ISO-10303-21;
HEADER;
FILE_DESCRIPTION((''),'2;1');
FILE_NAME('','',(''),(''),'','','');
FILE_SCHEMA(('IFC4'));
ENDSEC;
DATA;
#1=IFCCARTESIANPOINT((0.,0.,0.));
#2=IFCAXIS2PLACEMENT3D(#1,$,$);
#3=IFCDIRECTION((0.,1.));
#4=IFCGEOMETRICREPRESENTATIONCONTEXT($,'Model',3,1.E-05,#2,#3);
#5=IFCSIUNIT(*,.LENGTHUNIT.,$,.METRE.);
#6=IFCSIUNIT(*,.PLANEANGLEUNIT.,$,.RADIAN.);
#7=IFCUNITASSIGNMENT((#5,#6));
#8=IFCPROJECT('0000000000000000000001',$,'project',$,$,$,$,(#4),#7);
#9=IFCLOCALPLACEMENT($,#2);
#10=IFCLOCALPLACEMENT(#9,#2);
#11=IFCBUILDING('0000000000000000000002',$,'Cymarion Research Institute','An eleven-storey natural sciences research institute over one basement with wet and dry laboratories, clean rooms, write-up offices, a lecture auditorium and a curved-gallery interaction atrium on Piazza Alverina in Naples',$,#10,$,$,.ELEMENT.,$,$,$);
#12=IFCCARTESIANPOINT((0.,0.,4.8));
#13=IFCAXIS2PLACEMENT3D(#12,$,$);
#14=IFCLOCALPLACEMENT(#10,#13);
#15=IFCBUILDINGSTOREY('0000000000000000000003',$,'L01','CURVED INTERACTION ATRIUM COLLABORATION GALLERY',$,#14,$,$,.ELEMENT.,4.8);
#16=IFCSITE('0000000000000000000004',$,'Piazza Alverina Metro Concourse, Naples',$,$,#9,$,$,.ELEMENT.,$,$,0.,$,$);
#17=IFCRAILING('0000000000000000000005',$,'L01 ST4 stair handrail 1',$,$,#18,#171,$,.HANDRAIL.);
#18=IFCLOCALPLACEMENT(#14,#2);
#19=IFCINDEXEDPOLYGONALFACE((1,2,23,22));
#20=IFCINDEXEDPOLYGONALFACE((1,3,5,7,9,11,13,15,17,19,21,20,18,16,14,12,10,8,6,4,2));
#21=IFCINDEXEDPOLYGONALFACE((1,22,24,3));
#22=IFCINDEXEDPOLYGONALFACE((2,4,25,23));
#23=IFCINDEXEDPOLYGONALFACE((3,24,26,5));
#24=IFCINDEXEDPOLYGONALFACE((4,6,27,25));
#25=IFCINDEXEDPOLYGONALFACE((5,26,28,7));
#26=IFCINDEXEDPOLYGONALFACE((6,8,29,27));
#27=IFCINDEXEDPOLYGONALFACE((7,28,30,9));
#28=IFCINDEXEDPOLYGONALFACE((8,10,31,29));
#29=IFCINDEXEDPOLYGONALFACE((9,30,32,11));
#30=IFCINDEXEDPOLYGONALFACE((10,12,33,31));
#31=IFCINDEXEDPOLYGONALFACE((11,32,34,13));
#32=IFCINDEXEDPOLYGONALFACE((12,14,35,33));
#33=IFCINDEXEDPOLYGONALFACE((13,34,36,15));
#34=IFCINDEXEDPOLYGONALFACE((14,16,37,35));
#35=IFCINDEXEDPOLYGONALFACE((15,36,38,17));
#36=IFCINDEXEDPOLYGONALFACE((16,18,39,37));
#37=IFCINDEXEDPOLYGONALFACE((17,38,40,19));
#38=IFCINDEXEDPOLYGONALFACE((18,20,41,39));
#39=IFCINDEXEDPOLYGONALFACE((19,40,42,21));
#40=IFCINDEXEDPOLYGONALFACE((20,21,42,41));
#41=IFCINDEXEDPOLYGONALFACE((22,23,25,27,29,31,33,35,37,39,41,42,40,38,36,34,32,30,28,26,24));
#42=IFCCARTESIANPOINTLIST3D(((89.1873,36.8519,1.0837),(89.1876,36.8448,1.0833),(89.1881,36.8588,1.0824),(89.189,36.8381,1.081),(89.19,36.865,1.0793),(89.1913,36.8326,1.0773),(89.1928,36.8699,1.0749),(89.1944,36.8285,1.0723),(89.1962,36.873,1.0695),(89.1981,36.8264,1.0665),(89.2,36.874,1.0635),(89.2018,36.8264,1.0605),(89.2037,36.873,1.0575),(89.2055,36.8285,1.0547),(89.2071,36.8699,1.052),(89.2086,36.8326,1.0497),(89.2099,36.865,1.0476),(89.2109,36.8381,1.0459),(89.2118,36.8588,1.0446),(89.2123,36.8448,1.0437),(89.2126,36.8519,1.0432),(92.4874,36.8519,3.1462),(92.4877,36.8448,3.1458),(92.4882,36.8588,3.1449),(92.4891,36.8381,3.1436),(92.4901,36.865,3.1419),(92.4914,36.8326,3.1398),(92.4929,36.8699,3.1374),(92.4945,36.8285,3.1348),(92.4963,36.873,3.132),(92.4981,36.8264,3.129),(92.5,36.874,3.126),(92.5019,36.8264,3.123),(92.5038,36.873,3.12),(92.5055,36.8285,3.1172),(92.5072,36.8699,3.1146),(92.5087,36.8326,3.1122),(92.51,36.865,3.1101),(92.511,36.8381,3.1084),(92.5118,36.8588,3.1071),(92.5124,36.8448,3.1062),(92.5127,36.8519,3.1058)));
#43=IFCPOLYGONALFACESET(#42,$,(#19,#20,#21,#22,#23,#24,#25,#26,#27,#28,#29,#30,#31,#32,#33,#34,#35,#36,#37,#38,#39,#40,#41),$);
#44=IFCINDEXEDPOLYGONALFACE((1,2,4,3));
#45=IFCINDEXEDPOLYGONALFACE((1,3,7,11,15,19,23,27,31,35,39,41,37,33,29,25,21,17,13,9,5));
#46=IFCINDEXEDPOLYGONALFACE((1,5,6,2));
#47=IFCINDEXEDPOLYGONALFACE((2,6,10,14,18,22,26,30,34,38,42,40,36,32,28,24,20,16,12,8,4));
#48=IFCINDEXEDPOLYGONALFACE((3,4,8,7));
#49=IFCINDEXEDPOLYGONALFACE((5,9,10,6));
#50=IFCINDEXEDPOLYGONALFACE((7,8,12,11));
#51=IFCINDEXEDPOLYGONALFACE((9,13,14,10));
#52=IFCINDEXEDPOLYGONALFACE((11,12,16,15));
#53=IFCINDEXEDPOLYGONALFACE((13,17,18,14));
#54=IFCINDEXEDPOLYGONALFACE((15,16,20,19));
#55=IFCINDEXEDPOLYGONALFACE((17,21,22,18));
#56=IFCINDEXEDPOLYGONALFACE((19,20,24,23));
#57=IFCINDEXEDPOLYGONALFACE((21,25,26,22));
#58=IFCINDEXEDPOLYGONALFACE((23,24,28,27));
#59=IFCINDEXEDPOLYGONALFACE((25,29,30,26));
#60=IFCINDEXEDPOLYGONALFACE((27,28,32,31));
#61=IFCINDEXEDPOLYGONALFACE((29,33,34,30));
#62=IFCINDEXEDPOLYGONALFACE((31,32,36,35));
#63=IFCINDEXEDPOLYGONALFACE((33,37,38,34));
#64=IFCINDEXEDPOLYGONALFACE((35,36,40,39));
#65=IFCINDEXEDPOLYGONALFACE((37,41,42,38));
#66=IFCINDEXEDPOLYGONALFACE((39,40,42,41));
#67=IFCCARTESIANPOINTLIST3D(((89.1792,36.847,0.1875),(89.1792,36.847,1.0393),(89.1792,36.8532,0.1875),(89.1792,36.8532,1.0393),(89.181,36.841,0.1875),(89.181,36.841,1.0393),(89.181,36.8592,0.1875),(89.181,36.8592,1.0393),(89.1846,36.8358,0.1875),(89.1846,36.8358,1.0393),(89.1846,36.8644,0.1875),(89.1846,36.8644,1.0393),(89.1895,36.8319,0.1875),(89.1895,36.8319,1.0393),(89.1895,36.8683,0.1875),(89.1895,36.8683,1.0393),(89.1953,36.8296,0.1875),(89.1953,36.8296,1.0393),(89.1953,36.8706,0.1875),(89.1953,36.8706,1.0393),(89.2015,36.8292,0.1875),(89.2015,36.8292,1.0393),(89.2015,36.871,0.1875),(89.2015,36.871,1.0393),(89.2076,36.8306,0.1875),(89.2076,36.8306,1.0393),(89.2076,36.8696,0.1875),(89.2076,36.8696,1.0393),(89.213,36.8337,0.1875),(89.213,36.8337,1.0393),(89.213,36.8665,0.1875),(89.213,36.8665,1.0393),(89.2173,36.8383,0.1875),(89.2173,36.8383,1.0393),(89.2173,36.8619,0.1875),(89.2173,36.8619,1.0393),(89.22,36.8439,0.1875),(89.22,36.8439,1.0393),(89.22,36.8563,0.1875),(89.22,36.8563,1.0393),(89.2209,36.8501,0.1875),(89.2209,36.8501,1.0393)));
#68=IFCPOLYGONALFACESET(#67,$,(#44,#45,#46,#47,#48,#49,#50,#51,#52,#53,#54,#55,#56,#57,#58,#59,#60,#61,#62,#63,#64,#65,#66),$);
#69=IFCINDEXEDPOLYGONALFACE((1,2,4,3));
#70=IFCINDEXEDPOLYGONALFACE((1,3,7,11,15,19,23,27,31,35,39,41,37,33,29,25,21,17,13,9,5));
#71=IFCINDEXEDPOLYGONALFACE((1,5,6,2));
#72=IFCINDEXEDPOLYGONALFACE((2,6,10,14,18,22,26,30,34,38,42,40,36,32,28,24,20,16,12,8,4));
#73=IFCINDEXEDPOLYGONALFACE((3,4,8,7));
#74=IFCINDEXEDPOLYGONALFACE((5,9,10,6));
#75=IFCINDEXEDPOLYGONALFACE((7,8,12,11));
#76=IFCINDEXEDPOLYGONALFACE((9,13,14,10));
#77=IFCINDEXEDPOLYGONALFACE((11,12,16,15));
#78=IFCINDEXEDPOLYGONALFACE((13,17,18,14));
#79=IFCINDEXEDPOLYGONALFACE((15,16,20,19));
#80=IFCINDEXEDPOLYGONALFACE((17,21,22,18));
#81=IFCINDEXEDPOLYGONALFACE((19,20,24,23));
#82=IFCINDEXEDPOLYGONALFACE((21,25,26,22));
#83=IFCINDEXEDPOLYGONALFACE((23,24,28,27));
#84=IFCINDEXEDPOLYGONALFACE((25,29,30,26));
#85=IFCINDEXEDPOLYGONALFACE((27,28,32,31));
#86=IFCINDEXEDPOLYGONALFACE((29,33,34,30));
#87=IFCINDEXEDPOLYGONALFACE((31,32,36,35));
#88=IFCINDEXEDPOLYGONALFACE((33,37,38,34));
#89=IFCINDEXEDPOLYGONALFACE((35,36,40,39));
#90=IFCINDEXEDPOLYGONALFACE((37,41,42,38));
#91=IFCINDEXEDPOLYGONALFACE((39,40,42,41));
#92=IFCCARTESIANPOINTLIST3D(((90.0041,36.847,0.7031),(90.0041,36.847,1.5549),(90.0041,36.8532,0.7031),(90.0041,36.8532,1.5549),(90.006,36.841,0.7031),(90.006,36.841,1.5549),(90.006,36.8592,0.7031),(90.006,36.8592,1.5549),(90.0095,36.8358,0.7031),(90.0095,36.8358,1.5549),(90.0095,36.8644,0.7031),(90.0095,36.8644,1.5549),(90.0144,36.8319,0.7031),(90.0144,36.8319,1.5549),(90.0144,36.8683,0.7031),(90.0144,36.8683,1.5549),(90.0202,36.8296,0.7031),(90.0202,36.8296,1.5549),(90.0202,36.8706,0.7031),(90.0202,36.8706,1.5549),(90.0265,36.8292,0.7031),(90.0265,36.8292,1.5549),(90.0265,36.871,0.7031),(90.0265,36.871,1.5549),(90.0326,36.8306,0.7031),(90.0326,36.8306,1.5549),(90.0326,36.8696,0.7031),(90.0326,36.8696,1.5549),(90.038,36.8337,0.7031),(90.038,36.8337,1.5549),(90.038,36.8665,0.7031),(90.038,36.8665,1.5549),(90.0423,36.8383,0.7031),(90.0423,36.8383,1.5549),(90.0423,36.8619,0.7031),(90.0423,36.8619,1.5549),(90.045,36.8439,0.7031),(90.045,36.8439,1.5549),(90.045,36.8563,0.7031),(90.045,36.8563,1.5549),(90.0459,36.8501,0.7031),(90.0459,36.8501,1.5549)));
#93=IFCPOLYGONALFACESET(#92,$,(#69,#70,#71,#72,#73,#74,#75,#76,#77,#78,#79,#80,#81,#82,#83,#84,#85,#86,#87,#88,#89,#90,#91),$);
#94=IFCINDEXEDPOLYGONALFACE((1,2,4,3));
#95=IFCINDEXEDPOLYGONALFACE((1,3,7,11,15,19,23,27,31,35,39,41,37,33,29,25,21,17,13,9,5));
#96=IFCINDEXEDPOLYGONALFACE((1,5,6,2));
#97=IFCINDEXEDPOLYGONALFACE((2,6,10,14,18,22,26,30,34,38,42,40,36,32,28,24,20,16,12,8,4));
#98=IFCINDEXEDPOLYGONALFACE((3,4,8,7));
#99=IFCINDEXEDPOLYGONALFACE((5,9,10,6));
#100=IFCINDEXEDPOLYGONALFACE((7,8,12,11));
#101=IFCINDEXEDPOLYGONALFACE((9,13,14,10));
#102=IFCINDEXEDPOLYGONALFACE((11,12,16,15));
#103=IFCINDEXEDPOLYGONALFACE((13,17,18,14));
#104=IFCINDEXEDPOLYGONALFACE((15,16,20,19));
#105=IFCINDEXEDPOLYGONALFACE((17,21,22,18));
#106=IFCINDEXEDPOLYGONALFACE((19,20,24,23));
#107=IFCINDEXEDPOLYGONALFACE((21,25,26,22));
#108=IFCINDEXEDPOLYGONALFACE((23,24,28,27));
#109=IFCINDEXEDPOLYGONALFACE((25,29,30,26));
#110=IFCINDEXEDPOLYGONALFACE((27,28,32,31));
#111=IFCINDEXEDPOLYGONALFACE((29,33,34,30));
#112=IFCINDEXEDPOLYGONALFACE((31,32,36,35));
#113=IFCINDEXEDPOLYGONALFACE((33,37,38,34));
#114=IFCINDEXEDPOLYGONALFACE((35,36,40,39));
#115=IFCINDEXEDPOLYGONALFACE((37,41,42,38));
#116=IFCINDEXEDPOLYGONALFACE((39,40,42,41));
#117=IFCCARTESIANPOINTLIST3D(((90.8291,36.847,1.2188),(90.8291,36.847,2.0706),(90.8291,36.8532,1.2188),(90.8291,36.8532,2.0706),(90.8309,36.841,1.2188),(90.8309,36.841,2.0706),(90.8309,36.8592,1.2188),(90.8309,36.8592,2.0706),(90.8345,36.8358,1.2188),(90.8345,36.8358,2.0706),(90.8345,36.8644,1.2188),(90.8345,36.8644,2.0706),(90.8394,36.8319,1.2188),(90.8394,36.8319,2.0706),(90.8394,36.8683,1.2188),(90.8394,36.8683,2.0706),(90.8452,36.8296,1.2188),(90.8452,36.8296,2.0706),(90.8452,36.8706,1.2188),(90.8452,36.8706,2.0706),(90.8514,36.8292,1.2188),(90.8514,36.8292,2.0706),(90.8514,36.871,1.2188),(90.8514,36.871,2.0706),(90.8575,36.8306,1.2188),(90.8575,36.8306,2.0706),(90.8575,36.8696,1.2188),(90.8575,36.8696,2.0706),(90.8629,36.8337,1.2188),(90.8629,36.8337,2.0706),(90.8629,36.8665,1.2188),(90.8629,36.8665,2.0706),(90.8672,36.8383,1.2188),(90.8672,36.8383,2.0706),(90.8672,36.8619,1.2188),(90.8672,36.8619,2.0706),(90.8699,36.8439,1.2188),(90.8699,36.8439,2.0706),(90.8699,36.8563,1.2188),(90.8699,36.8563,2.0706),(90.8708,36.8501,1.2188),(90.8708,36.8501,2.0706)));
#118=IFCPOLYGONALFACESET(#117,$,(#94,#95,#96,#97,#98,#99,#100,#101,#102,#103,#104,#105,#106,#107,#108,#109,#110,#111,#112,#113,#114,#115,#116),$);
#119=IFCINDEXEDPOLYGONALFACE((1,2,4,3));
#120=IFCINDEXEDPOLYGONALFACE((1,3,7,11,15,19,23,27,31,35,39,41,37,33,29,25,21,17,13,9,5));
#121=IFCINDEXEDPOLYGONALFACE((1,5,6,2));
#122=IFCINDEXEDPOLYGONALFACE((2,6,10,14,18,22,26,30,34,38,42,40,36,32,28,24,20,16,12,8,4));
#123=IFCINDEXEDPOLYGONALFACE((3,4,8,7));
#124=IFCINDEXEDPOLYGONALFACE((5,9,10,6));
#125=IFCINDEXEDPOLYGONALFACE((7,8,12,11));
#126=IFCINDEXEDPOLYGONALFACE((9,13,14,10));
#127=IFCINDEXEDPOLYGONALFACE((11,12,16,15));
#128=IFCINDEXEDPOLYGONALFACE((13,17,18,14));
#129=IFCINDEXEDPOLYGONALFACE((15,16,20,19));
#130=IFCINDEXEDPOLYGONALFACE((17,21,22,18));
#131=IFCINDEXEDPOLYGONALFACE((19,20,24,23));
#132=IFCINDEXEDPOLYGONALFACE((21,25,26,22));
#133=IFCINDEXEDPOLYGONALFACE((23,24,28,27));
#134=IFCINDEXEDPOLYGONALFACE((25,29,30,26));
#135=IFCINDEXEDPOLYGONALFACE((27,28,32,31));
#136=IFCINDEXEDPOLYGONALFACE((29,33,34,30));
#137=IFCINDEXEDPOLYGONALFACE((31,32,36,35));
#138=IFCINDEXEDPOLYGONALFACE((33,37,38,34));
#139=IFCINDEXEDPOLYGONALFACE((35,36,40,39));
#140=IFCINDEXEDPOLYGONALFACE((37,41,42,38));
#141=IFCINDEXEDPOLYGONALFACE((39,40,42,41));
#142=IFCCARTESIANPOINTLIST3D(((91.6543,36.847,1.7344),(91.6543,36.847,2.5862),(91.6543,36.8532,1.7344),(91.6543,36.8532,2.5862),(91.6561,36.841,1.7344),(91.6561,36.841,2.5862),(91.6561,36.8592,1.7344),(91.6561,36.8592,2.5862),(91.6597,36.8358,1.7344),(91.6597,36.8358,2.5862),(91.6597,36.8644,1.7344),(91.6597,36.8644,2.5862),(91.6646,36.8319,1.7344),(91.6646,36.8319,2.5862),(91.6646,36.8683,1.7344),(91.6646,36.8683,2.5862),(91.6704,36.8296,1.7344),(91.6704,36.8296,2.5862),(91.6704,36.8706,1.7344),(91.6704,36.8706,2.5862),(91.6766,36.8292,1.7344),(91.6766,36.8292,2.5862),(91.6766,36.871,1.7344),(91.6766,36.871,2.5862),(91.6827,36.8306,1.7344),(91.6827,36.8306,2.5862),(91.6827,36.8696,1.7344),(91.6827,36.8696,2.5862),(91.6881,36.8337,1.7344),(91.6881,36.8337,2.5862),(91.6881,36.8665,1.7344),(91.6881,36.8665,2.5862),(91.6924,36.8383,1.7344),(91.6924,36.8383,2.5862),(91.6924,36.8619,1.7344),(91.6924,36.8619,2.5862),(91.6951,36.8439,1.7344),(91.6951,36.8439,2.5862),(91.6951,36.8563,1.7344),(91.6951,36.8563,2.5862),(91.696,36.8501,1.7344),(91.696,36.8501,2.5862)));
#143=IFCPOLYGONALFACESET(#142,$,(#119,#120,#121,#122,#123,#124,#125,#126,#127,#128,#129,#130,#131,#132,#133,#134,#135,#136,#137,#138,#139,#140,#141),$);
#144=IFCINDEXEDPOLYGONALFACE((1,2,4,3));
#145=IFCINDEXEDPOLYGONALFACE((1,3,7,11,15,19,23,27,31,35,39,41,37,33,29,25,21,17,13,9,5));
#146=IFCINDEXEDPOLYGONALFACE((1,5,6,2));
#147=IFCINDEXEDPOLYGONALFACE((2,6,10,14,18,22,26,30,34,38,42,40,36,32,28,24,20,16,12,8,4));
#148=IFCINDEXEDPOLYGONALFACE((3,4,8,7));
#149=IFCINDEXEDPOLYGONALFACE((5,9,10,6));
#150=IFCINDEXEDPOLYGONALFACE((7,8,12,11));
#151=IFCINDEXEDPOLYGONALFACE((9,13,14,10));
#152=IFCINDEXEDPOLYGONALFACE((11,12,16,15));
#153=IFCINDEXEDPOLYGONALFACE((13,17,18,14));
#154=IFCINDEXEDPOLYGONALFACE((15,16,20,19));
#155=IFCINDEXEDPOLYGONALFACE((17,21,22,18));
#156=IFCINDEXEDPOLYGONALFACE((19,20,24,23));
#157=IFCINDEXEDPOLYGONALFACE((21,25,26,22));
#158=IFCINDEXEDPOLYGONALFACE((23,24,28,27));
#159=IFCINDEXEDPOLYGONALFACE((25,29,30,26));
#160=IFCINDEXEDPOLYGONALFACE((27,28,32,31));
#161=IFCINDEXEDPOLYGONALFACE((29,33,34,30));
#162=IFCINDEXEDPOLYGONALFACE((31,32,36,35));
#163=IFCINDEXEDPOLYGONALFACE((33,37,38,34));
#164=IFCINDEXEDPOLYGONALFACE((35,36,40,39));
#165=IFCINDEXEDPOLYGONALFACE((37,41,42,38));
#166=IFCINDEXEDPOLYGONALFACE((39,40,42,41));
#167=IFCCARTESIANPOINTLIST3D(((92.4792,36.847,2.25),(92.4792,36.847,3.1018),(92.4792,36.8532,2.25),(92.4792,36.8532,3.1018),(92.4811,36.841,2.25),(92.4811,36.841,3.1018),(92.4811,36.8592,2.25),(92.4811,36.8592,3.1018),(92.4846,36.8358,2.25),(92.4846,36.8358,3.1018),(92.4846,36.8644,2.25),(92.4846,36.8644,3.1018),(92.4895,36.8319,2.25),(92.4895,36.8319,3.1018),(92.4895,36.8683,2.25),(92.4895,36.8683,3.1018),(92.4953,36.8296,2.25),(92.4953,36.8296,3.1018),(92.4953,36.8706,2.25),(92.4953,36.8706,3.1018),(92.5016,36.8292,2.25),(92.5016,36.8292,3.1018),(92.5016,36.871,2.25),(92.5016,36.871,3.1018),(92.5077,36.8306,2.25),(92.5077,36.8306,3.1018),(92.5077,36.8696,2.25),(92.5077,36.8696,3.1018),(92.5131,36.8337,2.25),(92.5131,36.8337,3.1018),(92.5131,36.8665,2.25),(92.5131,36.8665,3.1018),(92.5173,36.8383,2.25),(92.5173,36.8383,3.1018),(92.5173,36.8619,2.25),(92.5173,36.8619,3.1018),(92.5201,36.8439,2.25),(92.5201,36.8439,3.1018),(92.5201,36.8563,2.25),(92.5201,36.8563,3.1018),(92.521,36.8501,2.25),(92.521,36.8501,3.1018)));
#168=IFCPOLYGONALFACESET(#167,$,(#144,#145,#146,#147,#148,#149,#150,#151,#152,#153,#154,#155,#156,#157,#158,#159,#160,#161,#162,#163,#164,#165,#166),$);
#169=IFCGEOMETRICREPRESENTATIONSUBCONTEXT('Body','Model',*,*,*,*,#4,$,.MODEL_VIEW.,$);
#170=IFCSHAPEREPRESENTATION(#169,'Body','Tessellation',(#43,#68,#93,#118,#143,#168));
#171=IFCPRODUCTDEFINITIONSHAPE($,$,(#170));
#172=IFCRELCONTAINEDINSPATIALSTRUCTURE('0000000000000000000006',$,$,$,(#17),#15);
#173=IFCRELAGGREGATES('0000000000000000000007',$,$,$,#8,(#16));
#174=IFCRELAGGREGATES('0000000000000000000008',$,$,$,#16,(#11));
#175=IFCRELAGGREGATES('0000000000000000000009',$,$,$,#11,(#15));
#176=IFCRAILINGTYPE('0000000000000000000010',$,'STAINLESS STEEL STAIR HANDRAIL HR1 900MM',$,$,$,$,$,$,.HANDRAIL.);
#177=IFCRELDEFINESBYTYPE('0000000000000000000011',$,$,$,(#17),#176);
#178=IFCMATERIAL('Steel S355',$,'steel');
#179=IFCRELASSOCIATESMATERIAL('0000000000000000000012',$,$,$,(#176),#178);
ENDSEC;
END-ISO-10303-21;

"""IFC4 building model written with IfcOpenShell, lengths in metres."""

from ifc_helpers import new_model, si_unit, direction, frame, origin, origin_2d, place, context, subcontext, project, spatial, circle, extrude, material, type_object, element, save


model = new_model("IFC4")

# Units and contexts
model_context = context("Model", 3, precision=1e-05, world=origin(), true_north=direction((0.0, 1.0)))
body_context = subcontext(model_context, "Body", "Model", "MODEL_VIEW")
ifc_project = project(units=[si_unit("LENGTHUNIT", "METRE"), si_unit("PLANEANGLEUNIT", "RADIAN")], contexts=[model_context])

# Site, building, storey
site_placement = place(None, origin())
site = spatial("IfcSite", under=ifc_project, at=site_placement, Name="Piazza Alverina Metro Concourse, Naples", CompositionType="ELEMENT", RefElevation=0.0)
building_placement = place(site_placement, origin())
building = spatial("IfcBuilding", under=site, at=building_placement, Name="Cymarion Research Institute", Description="An eleven-storey natural sciences research institute over one basement with wet and dry laboratories, clean rooms, write-up offices, a lecture auditorium and a curved-gallery interaction atrium on Piazza Alverina in Naples", CompositionType="ELEMENT")
storey_placement = place(building_placement, frame((0.0, 0.0, 4.8)))
storey = spatial("IfcBuildingStorey", under=building, at=storey_placement, Name="L01", Description="CURVED INTERACTION ATRIUM COLLABORATION GALLERY", CompositionType="ELEMENT", Elevation=4.8)

# Shared definitions
ifc_material_1 = material(Name="Steel S355", Category="steel")

# Railing
railing_type_1 = type_object("IfcRailingType", Name="STAINLESS STEEL STAIR HANDRAIL HR1 900MM", PredefinedType="HANDRAIL", material=ifc_material_1)
railing_1_placement = place(storey_placement, frame((89.2, 36.8501, 0.1875)))
element("IfcRailing", 1, at=railing_1_placement, inside=storey, type_object=railing_type_1, Name="L01 ST4 stair handrail 1", PredefinedType="HANDRAIL", context=body_context, shape_type="SweptSolid", body=[
    extrude(circle(Radius=0.0239, at=origin_2d()), frame((0.0, 0.0, 0.876), z_axis=(0.848002, 0.0, 0.529993), x_axis=(0.0, 1.0, 0.0)), (0.0, 0.0, 1.0), 3.8916),
    extrude(circle(Radius=0.021, at=origin_2d()), origin(), (0.0, 0.0, 1.0), 0.8518),
    extrude(circle(Radius=0.021, at=origin_2d()), frame((0.825, 0.0, 0.5156)), (0.0, 0.0, 1.0), 0.8518),
    extrude(circle(Radius=0.021, at=origin_2d()), frame((1.6499, 0.0, 1.0312)), (0.0, 0.0, 1.0), 0.8518),
    extrude(circle(Radius=0.021, at=origin_2d()), frame((2.4751, 0.0, 1.5469)), (0.0, 0.0, 1.0), 0.8518),
    extrude(circle(Radius=0.021, at=origin_2d()), frame((3.3, 0.0, 2.0625)), (0.0, 0.0, 1.0), 0.8518),
])

save(model, "model.ifc")
